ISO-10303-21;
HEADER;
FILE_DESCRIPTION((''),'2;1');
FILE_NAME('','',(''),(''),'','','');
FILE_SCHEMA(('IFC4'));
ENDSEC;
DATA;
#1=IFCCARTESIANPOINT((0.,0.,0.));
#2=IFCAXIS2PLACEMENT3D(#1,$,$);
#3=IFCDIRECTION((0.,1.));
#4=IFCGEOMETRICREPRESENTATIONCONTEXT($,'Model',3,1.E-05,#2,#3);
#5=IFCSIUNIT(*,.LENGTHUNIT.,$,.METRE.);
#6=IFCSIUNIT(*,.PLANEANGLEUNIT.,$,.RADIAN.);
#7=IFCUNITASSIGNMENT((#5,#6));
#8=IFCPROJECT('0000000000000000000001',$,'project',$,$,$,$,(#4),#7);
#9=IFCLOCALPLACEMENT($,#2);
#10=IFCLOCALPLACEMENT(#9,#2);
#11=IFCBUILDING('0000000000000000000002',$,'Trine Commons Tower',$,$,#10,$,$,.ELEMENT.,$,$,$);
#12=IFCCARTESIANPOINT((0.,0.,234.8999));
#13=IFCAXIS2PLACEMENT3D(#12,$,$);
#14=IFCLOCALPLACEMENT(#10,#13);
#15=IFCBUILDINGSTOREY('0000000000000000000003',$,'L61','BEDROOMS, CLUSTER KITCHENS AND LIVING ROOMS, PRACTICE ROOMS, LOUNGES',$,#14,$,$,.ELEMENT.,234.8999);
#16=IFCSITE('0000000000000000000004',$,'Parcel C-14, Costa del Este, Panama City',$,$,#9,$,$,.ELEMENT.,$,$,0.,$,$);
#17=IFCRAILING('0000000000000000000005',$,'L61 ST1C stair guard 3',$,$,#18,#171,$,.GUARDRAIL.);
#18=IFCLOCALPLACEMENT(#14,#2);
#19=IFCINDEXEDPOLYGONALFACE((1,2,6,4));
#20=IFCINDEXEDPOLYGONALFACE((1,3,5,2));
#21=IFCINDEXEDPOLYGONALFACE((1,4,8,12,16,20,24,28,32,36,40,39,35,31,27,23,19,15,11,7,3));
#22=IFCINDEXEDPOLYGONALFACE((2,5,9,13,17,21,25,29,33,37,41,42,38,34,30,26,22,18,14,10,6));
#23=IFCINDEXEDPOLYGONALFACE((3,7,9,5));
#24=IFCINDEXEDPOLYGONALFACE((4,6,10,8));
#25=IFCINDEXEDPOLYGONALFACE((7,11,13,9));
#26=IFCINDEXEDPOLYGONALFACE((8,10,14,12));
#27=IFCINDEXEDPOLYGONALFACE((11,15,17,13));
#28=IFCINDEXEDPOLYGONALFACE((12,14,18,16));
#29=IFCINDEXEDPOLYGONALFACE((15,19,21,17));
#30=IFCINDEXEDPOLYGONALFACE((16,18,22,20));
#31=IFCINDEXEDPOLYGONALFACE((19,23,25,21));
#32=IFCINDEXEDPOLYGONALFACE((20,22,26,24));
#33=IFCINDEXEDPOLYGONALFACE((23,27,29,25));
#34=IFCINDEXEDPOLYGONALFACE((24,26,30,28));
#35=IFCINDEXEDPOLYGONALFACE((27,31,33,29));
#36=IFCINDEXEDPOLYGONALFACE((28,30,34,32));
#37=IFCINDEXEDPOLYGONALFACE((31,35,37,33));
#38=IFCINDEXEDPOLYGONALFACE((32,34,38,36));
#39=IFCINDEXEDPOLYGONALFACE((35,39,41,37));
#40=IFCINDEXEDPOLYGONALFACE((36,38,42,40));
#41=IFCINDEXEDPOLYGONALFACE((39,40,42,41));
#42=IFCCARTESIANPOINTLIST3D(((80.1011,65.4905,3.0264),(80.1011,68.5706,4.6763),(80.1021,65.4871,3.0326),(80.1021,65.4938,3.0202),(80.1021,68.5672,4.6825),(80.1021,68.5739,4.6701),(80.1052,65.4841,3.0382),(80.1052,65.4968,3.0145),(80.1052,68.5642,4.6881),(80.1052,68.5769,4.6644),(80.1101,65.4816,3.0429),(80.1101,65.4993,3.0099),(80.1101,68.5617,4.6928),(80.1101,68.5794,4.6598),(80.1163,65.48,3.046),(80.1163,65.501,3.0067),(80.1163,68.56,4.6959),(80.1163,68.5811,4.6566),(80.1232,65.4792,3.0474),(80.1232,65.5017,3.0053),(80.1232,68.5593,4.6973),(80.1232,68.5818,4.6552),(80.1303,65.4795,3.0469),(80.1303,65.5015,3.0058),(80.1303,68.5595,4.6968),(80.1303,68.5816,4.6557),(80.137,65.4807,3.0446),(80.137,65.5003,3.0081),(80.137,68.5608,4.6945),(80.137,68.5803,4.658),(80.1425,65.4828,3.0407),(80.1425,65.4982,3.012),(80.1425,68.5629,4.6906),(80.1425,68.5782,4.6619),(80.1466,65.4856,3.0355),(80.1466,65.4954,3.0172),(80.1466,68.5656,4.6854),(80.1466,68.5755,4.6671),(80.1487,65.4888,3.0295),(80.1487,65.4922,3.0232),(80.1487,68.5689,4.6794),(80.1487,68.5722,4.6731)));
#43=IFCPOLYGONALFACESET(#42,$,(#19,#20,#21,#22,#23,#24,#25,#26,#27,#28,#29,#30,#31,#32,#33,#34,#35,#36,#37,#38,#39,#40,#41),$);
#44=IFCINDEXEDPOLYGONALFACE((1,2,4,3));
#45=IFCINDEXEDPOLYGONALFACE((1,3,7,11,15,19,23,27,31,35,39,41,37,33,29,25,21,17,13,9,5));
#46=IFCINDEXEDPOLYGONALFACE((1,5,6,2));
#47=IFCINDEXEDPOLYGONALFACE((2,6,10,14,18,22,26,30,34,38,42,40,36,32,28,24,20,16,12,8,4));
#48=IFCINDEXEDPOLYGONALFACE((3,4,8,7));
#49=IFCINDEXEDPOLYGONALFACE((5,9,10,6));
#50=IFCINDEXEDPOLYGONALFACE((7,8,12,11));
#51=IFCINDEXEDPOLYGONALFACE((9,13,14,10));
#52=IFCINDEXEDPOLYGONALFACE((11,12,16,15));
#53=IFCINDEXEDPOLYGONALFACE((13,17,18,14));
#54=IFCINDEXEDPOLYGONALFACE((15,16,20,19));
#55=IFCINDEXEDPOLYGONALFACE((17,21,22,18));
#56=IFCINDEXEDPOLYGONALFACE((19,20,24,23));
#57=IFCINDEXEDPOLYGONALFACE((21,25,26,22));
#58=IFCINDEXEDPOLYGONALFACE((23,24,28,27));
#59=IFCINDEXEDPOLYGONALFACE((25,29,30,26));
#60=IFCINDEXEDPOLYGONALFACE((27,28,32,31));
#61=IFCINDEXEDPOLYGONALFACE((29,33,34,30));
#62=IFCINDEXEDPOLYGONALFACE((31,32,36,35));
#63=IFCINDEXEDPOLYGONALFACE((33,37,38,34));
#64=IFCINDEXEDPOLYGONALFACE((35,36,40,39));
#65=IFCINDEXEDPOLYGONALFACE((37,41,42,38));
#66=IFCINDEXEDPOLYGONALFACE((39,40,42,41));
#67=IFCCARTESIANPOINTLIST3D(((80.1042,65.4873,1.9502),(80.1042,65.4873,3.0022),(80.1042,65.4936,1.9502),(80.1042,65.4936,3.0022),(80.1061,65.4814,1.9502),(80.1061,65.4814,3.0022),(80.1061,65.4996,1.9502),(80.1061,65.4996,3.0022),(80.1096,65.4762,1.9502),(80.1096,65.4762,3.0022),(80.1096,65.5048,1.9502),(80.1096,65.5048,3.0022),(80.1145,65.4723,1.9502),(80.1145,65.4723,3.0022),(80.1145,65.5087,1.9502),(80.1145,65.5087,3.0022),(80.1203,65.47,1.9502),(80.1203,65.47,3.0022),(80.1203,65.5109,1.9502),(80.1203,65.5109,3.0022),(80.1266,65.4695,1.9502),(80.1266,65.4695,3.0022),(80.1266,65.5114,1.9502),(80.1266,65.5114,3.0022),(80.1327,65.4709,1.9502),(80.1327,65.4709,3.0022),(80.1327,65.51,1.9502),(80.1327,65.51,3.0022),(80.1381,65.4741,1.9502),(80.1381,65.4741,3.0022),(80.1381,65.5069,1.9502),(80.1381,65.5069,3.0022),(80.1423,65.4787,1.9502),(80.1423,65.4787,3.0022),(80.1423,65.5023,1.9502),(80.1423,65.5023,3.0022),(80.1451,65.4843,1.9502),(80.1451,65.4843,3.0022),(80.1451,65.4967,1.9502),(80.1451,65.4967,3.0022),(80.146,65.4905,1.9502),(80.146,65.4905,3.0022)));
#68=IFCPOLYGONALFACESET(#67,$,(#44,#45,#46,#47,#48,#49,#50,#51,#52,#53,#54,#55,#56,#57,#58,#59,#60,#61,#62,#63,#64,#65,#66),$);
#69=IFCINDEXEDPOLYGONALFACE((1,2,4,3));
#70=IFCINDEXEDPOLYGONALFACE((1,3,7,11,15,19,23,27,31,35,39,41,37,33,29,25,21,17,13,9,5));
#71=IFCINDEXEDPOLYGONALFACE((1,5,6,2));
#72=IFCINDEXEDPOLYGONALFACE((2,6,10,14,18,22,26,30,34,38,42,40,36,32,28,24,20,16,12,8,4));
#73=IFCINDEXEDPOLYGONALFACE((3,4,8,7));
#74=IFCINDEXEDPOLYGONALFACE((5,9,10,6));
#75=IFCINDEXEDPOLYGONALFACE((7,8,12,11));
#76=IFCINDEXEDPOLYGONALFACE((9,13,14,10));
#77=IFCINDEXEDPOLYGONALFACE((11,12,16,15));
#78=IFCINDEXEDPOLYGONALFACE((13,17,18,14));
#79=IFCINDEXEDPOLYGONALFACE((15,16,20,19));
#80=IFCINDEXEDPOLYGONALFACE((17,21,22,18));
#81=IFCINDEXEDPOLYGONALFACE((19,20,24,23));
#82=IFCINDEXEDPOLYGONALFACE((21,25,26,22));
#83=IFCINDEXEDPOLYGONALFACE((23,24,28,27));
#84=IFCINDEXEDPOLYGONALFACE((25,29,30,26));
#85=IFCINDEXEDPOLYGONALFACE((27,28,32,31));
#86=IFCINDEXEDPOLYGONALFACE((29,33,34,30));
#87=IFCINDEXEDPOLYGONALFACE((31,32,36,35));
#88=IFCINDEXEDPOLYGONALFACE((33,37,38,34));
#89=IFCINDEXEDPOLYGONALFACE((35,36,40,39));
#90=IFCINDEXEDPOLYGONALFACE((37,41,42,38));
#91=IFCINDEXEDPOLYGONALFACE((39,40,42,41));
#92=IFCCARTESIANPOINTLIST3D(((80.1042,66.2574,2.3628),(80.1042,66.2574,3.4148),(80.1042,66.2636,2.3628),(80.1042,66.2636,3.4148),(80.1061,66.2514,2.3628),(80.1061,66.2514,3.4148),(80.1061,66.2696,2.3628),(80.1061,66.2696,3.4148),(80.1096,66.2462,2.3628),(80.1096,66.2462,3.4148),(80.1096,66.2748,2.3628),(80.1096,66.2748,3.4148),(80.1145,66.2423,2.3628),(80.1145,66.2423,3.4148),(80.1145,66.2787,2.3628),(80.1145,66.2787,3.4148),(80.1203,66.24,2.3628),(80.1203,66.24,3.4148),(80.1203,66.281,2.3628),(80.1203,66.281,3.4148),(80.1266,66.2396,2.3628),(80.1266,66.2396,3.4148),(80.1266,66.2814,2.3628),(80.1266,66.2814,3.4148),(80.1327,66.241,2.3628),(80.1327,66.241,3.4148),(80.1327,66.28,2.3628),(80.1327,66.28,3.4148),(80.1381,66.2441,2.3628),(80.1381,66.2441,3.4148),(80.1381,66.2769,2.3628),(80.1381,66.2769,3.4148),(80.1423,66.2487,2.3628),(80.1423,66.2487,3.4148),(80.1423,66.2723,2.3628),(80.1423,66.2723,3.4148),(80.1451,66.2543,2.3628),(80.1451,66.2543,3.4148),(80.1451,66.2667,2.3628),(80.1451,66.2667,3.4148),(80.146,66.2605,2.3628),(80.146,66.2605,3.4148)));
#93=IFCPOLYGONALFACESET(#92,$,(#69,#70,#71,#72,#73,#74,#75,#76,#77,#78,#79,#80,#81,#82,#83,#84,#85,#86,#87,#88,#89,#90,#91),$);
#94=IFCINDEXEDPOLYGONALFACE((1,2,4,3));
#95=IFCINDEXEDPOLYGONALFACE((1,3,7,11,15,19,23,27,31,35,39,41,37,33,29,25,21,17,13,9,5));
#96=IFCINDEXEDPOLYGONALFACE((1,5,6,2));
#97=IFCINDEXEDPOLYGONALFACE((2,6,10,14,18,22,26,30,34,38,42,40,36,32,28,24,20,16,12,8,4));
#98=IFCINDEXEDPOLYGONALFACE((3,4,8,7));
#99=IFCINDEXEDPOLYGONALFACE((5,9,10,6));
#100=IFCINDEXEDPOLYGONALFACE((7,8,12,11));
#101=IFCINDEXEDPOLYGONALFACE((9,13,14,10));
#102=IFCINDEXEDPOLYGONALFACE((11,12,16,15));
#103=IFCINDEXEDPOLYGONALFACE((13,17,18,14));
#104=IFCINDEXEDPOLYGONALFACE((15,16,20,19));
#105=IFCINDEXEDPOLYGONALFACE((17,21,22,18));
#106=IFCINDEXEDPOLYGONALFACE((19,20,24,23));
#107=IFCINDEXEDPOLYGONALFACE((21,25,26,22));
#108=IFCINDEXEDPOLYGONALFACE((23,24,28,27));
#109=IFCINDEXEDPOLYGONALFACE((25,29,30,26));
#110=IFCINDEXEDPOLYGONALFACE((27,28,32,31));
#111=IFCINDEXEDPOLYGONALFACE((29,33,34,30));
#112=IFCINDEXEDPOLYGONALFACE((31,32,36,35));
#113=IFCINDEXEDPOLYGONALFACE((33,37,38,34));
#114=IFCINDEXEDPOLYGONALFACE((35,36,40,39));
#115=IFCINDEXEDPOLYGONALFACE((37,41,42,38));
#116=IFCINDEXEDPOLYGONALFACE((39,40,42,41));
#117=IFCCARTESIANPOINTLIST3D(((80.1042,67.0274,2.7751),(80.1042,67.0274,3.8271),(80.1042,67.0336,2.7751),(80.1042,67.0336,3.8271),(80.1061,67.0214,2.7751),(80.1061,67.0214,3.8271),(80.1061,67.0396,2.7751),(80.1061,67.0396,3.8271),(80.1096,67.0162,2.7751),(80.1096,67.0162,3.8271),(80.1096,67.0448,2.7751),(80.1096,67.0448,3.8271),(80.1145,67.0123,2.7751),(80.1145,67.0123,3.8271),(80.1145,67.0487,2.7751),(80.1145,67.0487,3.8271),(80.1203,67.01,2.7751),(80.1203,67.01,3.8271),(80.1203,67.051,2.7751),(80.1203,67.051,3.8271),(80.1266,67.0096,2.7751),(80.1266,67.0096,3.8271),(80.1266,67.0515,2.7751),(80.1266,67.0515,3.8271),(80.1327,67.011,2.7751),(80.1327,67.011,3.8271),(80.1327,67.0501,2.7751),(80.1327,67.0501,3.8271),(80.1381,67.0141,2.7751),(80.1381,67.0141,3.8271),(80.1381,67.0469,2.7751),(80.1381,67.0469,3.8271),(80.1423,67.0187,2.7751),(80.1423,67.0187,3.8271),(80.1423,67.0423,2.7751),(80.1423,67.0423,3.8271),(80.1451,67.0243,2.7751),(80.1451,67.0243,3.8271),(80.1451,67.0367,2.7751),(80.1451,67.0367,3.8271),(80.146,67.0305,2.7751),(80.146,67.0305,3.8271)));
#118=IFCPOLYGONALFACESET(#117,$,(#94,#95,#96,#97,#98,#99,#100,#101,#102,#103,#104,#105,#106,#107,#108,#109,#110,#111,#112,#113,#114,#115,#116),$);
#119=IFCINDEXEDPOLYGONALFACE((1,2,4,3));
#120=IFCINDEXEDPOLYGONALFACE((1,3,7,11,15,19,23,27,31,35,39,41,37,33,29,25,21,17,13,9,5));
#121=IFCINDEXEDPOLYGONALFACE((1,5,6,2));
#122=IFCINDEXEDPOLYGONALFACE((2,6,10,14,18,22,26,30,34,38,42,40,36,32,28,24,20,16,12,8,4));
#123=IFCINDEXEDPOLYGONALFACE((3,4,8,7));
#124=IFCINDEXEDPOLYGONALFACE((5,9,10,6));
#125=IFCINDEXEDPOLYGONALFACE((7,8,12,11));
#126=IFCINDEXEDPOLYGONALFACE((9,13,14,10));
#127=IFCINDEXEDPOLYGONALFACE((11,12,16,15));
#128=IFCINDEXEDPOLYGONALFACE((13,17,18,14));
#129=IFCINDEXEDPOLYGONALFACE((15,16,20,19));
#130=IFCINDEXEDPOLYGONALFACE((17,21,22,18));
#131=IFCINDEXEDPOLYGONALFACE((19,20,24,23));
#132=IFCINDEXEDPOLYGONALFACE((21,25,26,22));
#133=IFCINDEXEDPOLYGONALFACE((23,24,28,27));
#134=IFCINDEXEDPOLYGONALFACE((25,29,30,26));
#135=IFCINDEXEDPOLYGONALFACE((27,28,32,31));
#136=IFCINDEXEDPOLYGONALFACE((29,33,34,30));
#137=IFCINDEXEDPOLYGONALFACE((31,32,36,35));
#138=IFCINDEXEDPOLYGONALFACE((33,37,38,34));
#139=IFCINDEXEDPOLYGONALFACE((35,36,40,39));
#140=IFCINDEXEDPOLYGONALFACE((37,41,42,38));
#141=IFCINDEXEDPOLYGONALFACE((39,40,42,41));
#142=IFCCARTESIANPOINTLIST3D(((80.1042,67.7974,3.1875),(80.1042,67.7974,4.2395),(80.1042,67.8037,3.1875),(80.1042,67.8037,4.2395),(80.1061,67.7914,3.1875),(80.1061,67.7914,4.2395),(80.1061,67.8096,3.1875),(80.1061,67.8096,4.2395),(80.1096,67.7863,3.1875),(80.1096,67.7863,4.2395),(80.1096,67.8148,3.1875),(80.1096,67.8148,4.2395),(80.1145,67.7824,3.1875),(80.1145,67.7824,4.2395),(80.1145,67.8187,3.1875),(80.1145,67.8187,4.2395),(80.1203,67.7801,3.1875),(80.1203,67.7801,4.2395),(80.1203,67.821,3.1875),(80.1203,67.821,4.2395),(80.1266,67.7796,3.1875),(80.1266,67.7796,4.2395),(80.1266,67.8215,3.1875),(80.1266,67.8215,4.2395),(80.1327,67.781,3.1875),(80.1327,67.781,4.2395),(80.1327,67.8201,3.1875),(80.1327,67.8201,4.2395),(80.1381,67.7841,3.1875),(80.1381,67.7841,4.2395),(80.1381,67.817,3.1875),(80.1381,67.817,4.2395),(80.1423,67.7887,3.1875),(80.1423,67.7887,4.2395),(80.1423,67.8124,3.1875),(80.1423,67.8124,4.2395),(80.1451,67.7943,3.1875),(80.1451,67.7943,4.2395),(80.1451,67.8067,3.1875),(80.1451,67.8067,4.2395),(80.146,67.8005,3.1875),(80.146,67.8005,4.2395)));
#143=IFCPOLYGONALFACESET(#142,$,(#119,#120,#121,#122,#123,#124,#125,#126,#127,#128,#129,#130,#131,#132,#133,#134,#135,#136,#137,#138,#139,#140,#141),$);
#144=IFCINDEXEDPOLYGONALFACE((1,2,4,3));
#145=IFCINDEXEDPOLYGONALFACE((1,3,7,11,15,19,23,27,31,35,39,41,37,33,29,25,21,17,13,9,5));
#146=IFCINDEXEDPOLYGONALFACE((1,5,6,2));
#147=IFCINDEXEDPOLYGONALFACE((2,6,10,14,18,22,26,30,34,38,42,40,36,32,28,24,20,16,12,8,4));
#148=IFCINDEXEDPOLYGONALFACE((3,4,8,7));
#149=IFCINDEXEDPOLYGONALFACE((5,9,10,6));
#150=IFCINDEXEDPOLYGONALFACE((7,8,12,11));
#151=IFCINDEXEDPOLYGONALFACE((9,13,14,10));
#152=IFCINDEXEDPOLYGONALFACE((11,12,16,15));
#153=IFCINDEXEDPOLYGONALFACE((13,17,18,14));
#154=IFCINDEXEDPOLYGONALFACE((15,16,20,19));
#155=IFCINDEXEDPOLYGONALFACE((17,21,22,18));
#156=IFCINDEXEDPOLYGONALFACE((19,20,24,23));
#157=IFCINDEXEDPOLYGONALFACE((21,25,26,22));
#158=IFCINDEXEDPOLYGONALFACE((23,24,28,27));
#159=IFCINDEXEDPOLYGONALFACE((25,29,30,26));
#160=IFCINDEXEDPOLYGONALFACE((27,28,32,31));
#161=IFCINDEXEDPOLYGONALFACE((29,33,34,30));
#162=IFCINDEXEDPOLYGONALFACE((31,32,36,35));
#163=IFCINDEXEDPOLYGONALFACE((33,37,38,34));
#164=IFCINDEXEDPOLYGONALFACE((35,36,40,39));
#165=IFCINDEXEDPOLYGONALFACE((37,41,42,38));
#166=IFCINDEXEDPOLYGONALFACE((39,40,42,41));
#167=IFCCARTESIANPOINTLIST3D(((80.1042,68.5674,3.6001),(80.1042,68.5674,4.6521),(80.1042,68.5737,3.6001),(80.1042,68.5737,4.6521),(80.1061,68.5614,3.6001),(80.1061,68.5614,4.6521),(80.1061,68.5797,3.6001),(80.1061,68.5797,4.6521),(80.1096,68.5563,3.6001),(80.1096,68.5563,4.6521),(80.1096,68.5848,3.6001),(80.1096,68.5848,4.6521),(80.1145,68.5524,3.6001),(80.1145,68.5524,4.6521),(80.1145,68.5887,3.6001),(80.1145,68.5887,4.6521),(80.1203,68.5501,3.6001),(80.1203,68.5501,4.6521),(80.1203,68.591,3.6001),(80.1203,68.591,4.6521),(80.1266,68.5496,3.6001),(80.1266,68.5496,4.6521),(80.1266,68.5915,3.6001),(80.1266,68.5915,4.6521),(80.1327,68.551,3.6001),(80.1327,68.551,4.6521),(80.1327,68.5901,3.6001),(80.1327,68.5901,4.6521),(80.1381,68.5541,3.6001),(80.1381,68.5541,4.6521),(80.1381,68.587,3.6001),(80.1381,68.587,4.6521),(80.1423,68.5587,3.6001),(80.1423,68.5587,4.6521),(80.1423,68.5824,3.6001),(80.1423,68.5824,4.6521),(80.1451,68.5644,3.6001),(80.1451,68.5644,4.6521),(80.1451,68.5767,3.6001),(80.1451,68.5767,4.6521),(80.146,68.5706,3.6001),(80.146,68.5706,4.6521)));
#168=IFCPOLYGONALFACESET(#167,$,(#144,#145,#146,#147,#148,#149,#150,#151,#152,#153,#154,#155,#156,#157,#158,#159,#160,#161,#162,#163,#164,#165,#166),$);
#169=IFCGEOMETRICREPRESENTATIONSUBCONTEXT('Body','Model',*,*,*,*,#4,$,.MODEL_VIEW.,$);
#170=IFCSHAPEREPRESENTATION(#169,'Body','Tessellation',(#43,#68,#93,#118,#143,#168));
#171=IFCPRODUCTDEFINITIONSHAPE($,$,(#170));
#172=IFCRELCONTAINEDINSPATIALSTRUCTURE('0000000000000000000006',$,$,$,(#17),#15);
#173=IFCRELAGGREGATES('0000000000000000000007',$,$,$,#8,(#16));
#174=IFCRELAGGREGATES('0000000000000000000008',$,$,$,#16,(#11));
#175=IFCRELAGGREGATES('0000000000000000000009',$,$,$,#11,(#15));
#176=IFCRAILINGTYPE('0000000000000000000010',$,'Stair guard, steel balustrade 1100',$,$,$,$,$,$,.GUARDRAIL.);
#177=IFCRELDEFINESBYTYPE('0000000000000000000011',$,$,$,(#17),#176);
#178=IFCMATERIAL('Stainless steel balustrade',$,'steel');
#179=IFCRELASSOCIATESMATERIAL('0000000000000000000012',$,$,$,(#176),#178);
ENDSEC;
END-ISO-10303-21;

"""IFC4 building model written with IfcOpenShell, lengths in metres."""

from ifc_helpers import new_model, si_unit, direction, frame, origin, origin_2d, place, context, subcontext, project, spatial, circle, extrude, material, type_object, element, save


model = new_model("IFC4")

# Units and contexts
model_context = context("Model", 3, precision=1e-05, world=origin(), true_north=direction((0.0, 1.0)))
body_context = subcontext(model_context, "Body", "Model", "MODEL_VIEW")
ifc_project = project(units=[si_unit("LENGTHUNIT", "METRE"), si_unit("PLANEANGLEUNIT", "RADIAN")], contexts=[model_context])

# Site, building, storey
site_placement = place(None, origin())
site = spatial("IfcSite", under=ifc_project, at=site_placement, Name="Parcel C-14, Costa del Este, Panama City", CompositionType="ELEMENT", RefElevation=0.0)
building_placement = place(site_placement, origin())
building = spatial("IfcBuilding", under=site, at=building_placement, Name="Trine Commons Tower", CompositionType="ELEMENT")
storey_placement = place(building_placement, frame((0.0, 0.0, 234.8999)))
storey = spatial("IfcBuildingStorey", under=building, at=storey_placement, Name="L61", Description="BEDROOMS, CLUSTER KITCHENS AND LIVING ROOMS, PRACTICE ROOMS, LOUNGES", CompositionType="ELEMENT", Elevation=234.8999)

# Railing
ifc_material_1 = material(Name="Stainless steel balustrade", Category="steel")
railing_type_1 = type_object("IfcRailingType", Name="Stair guard, steel balustrade 1100", PredefinedType="GUARDRAIL", material=ifc_material_1)
railing_1_placement = place(storey_placement, frame((80.125, 65.4905, 1.9502)))
element("IfcRailing", 1, at=railing_1_placement, inside=storey, type_object=railing_type_1, Name="L61 ST1C stair guard 3", PredefinedType="GUARDRAIL", context=body_context, shape_type="SweptSolid", body=[
    extrude(circle(Radius=0.0239, at=origin_2d()), frame((0.0, 0.0, 1.0762), z_axis=(0.0, 0.881497, 0.47219), x_axis=(-1.0, 0.0, 0.0)), (0.0, 0.0, 1.0), 3.4941),
    extrude(circle(Radius=0.021, at=origin_2d()), origin(), (0.0, 0.0, 1.0), 1.052),
    extrude(circle(Radius=0.021, at=origin_2d()), frame((0.0, 0.77, 0.4126)), (0.0, 0.0, 1.0), 1.052),
    extrude(circle(Radius=0.021, at=origin_2d()), frame((0.0, 1.54, 0.825)), (0.0, 0.0, 1.0), 1.052),
    extrude(circle(Radius=0.021, at=origin_2d()), frame((0.0, 2.3101, 1.2373)), (0.0, 0.0, 1.0), 1.052),
    extrude(circle(Radius=0.021, at=origin_2d()), frame((0.0, 3.0801, 1.6499)), (0.0, 0.0, 1.0), 1.052),
])

save(model, "model.ifc")
